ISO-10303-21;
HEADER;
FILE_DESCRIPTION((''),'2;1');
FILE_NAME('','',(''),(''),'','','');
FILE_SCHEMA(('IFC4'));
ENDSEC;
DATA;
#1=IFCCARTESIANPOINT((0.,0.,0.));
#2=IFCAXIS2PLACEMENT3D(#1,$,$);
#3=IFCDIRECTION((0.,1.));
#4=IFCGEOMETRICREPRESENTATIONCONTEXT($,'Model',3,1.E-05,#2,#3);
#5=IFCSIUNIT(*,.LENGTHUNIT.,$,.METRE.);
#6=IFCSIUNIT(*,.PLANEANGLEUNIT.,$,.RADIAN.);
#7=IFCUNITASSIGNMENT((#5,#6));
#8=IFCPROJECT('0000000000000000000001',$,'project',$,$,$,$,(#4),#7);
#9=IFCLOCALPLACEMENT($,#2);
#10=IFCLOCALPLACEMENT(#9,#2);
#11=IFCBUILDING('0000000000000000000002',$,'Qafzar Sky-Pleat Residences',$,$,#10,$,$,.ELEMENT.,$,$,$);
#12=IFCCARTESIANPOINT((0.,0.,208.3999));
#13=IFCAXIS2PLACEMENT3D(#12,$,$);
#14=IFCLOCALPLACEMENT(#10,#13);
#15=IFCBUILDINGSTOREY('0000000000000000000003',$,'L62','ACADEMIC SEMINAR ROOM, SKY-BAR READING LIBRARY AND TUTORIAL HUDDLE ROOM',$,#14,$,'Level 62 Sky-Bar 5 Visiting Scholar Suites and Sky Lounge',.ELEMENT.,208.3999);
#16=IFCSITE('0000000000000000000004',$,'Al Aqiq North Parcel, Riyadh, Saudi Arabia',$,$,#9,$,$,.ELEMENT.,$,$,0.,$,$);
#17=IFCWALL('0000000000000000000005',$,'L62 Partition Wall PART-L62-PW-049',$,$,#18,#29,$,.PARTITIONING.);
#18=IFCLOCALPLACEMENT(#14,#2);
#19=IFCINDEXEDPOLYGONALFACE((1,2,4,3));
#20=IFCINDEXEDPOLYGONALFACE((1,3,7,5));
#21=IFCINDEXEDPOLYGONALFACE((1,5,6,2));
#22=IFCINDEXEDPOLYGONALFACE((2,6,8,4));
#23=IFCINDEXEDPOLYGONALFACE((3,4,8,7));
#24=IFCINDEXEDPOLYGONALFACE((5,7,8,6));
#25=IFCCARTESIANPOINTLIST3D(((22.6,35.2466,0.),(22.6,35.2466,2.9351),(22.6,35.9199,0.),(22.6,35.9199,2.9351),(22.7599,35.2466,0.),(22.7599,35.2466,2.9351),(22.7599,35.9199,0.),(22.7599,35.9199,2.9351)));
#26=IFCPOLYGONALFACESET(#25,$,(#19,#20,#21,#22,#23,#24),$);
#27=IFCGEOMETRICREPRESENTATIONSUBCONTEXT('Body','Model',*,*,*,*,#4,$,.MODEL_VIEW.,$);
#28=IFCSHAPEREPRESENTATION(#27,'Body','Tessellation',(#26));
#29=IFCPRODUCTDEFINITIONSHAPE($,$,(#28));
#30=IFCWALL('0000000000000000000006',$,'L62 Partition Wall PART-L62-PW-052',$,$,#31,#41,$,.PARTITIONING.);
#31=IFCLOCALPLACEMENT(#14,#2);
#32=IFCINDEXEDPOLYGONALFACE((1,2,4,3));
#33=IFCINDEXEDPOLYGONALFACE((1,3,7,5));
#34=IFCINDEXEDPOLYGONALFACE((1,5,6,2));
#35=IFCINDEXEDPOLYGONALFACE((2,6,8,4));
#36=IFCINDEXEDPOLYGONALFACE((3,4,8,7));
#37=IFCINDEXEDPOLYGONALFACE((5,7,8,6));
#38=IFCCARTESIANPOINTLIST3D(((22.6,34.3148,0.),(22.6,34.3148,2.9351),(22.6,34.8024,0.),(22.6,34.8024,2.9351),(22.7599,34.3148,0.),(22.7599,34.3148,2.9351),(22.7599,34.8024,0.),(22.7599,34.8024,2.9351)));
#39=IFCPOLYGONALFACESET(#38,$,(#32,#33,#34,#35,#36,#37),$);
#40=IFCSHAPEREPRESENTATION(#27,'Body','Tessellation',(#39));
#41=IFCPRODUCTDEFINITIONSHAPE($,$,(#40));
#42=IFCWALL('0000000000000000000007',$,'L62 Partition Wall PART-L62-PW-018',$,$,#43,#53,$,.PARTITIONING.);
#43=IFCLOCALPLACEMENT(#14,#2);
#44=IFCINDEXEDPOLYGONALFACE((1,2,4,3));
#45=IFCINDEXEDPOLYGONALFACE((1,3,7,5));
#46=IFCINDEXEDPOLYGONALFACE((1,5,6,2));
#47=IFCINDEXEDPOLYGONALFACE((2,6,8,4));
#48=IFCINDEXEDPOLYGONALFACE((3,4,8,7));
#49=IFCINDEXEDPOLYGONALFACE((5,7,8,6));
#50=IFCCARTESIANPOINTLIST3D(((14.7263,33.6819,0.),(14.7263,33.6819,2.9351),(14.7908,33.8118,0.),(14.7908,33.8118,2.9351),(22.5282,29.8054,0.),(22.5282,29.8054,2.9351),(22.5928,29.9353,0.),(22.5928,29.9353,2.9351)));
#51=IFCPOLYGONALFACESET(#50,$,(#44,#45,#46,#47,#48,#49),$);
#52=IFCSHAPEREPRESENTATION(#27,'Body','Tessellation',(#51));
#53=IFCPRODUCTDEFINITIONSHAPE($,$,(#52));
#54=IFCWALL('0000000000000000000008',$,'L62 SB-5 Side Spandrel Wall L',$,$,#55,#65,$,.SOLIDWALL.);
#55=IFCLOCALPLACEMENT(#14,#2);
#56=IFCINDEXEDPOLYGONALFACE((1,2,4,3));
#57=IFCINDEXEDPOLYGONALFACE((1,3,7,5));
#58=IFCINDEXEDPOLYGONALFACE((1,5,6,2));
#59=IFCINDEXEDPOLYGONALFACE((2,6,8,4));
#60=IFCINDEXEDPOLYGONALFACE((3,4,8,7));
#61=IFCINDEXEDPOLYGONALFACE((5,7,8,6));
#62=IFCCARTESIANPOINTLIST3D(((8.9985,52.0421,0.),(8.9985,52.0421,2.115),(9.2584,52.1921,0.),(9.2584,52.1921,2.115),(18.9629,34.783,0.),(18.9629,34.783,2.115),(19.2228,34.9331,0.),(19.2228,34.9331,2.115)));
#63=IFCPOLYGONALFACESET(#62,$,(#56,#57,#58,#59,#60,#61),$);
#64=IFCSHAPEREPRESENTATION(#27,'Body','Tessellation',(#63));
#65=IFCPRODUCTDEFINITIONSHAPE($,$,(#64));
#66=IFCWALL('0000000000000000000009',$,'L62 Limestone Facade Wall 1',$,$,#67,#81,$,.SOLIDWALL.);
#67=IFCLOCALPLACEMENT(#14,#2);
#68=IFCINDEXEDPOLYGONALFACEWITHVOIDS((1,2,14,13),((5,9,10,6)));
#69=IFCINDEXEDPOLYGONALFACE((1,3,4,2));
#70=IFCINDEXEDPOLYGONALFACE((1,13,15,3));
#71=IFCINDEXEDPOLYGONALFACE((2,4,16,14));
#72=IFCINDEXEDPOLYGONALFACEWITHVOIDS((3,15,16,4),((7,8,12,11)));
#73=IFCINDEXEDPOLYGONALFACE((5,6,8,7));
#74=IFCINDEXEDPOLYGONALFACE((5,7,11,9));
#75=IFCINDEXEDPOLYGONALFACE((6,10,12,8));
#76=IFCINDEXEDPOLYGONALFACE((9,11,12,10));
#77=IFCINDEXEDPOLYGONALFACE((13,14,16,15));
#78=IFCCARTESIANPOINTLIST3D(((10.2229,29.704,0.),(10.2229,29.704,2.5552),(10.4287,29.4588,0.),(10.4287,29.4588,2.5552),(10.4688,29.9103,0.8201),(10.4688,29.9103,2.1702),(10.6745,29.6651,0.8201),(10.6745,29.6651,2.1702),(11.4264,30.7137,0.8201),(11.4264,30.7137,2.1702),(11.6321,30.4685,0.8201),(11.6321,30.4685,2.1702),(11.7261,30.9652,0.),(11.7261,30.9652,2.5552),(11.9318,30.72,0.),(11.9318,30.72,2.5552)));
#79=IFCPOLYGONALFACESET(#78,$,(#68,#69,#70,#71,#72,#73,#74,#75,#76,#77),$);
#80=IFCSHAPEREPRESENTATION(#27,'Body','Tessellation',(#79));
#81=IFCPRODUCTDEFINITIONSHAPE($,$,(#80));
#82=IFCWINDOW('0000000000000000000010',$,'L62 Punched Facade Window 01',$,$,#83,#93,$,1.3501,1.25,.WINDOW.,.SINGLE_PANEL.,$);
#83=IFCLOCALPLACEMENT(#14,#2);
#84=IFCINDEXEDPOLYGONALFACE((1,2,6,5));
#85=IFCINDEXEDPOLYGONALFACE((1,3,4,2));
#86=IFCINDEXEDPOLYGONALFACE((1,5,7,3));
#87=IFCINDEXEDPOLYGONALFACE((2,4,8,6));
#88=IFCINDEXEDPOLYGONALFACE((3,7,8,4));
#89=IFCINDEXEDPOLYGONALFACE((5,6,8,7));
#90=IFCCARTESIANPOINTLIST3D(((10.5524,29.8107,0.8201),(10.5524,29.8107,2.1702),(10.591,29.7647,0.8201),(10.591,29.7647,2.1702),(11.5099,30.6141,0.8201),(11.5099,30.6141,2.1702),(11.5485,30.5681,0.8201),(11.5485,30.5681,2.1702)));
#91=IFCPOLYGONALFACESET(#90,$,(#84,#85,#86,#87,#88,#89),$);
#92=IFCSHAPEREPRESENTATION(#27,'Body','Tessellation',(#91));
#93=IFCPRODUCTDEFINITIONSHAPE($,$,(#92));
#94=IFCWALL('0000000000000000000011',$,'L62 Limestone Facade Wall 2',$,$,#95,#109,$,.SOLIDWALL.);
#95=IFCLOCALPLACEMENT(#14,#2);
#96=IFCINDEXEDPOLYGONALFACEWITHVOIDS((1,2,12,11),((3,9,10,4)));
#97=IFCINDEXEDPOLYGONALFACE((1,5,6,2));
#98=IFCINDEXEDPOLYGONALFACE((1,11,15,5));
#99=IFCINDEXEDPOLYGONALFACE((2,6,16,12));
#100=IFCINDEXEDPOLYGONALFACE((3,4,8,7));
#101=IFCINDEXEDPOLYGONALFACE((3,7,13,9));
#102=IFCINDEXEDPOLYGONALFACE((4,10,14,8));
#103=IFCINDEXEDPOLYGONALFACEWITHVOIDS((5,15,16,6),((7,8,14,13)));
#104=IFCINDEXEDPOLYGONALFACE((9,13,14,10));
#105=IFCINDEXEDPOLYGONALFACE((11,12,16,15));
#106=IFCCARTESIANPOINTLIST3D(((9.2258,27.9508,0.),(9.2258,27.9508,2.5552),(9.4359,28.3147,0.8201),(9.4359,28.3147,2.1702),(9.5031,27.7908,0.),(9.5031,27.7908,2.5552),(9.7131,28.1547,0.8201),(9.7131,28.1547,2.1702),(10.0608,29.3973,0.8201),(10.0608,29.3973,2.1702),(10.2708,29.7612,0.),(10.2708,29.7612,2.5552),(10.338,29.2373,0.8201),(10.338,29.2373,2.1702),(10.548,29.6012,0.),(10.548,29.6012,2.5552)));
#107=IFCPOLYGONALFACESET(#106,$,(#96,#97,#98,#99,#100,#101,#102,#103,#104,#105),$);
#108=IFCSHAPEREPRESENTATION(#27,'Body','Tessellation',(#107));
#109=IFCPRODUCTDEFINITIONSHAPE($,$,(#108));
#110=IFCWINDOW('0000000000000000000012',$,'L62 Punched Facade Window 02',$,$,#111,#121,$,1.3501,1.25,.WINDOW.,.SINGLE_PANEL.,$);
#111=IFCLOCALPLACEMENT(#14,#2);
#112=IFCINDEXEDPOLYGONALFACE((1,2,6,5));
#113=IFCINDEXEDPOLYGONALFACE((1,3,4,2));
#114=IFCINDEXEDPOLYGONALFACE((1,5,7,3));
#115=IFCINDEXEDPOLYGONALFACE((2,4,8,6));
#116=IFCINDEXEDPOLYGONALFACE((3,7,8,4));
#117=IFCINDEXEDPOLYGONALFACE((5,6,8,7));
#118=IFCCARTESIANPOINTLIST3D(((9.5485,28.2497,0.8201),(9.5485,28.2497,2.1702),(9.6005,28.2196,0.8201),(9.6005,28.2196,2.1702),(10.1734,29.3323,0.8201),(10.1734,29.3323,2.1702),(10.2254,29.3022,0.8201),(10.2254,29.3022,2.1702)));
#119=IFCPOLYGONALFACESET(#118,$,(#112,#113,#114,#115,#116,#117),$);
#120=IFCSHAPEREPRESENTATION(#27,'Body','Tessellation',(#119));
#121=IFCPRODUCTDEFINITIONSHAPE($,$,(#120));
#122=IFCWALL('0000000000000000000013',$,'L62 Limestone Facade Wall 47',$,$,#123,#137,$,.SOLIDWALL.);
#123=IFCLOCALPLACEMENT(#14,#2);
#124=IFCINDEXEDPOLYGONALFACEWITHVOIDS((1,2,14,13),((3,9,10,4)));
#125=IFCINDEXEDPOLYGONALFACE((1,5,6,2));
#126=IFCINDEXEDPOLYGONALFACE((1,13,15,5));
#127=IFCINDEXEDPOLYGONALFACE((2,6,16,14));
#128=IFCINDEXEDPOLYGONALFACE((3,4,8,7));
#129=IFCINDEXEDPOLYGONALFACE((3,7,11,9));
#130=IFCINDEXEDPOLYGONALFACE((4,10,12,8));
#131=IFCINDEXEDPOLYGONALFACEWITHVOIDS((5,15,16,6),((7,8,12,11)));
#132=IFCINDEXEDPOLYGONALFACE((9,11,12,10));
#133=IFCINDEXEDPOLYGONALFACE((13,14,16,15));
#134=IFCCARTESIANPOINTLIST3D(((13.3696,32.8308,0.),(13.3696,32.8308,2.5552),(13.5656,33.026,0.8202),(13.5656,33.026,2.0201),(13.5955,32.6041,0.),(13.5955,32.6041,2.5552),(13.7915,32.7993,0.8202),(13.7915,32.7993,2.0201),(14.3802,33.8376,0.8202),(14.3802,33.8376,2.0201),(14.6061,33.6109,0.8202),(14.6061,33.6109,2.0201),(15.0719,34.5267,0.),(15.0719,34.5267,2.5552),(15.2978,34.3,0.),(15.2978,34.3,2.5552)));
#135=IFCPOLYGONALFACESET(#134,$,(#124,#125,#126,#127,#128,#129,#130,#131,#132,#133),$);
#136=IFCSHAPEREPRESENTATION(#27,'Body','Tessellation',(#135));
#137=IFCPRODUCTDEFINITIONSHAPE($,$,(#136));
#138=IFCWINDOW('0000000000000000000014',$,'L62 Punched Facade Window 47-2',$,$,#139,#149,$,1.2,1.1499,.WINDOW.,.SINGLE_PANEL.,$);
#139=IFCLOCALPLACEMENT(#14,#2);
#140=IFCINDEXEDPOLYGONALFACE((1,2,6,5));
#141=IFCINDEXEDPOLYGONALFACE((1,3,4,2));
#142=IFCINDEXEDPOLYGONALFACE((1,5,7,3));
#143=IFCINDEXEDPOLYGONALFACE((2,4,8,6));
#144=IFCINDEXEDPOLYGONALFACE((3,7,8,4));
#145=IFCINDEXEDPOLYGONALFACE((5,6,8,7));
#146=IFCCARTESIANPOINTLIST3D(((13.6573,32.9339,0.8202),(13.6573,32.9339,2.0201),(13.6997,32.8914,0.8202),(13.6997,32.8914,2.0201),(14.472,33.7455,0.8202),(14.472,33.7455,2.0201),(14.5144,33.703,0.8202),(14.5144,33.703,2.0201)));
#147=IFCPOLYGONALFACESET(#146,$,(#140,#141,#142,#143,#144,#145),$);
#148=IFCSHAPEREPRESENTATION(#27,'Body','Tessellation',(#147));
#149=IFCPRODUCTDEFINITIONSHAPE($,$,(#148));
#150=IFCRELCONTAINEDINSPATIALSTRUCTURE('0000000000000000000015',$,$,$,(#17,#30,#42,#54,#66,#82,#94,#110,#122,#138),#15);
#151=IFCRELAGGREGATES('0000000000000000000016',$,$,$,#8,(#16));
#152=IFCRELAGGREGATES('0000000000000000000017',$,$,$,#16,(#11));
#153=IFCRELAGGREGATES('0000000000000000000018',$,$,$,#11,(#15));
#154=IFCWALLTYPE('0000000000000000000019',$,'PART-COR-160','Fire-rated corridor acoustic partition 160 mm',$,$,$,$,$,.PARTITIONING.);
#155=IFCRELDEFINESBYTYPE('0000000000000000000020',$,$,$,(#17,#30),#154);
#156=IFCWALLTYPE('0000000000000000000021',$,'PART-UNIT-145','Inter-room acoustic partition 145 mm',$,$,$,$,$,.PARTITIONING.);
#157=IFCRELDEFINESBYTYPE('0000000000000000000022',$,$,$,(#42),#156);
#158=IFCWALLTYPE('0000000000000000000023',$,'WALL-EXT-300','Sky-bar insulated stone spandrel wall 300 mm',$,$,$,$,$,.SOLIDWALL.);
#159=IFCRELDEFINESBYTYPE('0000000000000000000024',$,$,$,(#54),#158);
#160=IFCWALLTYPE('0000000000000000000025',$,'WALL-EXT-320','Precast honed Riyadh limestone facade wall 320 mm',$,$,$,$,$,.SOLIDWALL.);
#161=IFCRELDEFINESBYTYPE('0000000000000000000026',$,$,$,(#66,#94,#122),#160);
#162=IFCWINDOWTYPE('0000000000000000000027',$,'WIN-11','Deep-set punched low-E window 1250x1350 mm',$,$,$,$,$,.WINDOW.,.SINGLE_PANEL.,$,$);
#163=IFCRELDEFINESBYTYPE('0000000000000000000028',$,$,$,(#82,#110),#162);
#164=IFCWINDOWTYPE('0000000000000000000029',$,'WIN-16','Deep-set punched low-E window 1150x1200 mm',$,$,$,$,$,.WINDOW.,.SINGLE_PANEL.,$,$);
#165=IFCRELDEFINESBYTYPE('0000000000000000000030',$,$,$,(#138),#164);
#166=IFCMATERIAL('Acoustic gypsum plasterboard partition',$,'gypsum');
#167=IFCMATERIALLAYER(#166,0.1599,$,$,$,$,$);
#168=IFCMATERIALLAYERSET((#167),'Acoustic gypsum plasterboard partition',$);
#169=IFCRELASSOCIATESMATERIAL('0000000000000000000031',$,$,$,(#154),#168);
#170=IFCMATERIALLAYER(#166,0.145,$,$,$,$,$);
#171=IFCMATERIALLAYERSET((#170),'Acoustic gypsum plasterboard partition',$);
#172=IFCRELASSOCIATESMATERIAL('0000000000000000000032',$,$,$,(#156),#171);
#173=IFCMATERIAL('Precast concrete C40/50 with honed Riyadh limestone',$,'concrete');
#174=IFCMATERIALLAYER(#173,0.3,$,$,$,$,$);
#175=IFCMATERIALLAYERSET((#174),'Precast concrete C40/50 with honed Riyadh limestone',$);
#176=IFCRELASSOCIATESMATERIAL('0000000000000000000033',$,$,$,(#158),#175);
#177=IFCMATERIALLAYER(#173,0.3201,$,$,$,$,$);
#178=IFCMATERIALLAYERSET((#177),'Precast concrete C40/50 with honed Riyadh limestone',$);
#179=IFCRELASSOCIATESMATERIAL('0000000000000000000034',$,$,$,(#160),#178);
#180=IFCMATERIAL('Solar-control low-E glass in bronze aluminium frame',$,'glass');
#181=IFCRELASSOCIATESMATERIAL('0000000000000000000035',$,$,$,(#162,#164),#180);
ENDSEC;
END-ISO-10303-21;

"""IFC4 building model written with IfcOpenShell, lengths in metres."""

from ifc_helpers import new_model, si_unit, direction, frame, frame_2d, origin, place, context, subcontext, project, spatial, rectangle, extrude, source, transform, mapped, material, layer, layer_set, type_object, element, fill, save


model = new_model("IFC4")

# Units and contexts
model_context = context("Model", 3, precision=1e-05, world=origin(), true_north=direction((0.0, 1.0)))
body_context = subcontext(model_context, "Body", "Model", "MODEL_VIEW")
ifc_project = project(units=[si_unit("LENGTHUNIT", "METRE"), si_unit("PLANEANGLEUNIT", "RADIAN")], contexts=[model_context])

# Site, building, storey
site_placement = place(None, origin())
site = spatial("IfcSite", under=ifc_project, at=site_placement, Name="Al Aqiq North Parcel, Riyadh, Saudi Arabia", CompositionType="ELEMENT", RefElevation=0.0)
building_placement = place(site_placement, origin())
building = spatial("IfcBuilding", under=site, at=building_placement, Name="Qafzar Sky-Pleat Residences", CompositionType="ELEMENT")
storey_placement = place(building_placement, frame((0.0, 0.0, 208.3999)))
storey = spatial("IfcBuildingStorey", under=building, at=storey_placement, Name="L62", Description="ACADEMIC SEMINAR ROOM, SKY-BAR READING LIBRARY AND TUTORIAL HUDDLE ROOM", LongName="Level 62 Sky-Bar 5 Visiting Scholar Suites and Sky Lounge", CompositionType="ELEMENT", Elevation=208.3999)

# Shared definitions
ifc_material_1 = material(Name="Acoustic gypsum plasterboard partition", Category="gypsum")
ifc_layer_1 = layer(ifc_material_1, 0.1599)
ifc_layer_set_1 = layer_set([ifc_layer_1], Name="Acoustic gypsum plasterboard partition")
wall_type_1 = type_object("IfcWallType", Name="PART-COR-160", Description="Fire-rated corridor acoustic partition 160 mm", PredefinedType="PARTITIONING", material=ifc_layer_set_1)

# Walls
wall_1_placement = place(storey_placement, frame((22.6799, 35.2466, 0.0), z_axis=(0.0, 0.0, 1.0), x_axis=(0.0, 1.0, 0.0)))
element("IfcWall", 1, at=wall_1_placement, inside=storey, type_object=wall_type_1, Name="L62 Partition Wall PART-L62-PW-049", PredefinedType="PARTITIONING", context=body_context, shape_type="SweptSolid", body=[
    extrude(rectangle(XDim=0.6733, YDim=0.1599, at=frame_2d((0.3367, 0.0))), origin(), (0.0, 0.0, 1.0), 2.9351),
])
wall_2_placement = place(storey_placement, frame((22.6799, 34.3149, 0.0), z_axis=(0.0, 0.0, 1.0), x_axis=(0.0, 1.0, 0.0)))
element("IfcWall", 2, at=wall_2_placement, inside=storey, type_object=wall_type_1, Name="L62 Partition Wall PART-L62-PW-052", PredefinedType="PARTITIONING", context=body_context, shape_type="SweptSolid", body=[
    extrude(rectangle(XDim=0.4875, YDim=0.1599, at=frame_2d((0.2437, 0.0))), origin(), (0.0, 0.0, 1.0), 2.9351),
])
ifc_layer_2 = layer(ifc_material_1, 0.145)
ifc_layer_set_2 = layer_set([ifc_layer_2], Name="Acoustic gypsum plasterboard partition")
wall_type_2 = type_object("IfcWallType", Name="PART-UNIT-145", Description="Inter-room acoustic partition 145 mm", PredefinedType="PARTITIONING", material=ifc_layer_set_2)
wall_3_placement = place(storey_placement, frame((14.7585, 33.7468, 0.0), z_axis=(0.0, 0.0, 1.0), x_axis=(0.895551, -0.444959, 0.0)))
element("IfcWall", 3, at=wall_3_placement, inside=storey, type_object=wall_type_2, Name="L62 Partition Wall PART-L62-PW-018", PredefinedType="PARTITIONING", context=body_context, shape_type="SweptSolid", body=[
    extrude(rectangle(XDim=8.7119, YDim=0.145, at=frame_2d((4.356, 0.0))), origin(), (0.0, 0.0, 1.0), 2.9351),
])
ifc_material_2 = material(Name="Precast concrete C40/50 with honed Riyadh limestone", Category="concrete")
ifc_layer_3 = layer(ifc_material_2, 0.3)
ifc_layer_set_3 = layer_set([ifc_layer_3], Name="Precast concrete C40/50 with honed Riyadh limestone")
wall_type_3 = type_object("IfcWallType", Name="WALL-EXT-300", Description="Sky-bar insulated stone spandrel wall 300 mm", PredefinedType="SOLIDWALL", material=ifc_layer_set_3)
wall_4_placement = place(storey_placement, frame((19.0928, 34.8582, 0.0), z_axis=(0.0, 0.0, 1.0), x_axis=(-0.499994, 0.866029, 0.0)))
element("IfcWall", 4, at=wall_4_placement, inside=storey, type_object=wall_type_3, Name="L62 SB-5 Side Spandrel Wall L", PredefinedType="SOLIDWALL", context=body_context, shape_type="SweptSolid", body=[
    extrude(rectangle(XDim=19.929, YDim=0.3, at=frame_2d((9.9644, 0.0))), origin(), (0.0, 0.0, 1.0), 2.115),
])

# Walls, openings, windows
ifc_layer_4 = layer(ifc_material_2, 0.3201)
ifc_layer_set_4 = layer_set([ifc_layer_4], Name="Precast concrete C40/50 with honed Riyadh limestone")
wall_type_4 = type_object("IfcWallType", Name="WALL-EXT-320", Description="Precast honed Riyadh limestone facade wall 320 mm", PredefinedType="SOLIDWALL", material=ifc_layer_set_4)
wall_5_placement = place(storey_placement, frame((11.8289, 30.8425, 0.0), z_axis=(0.0, 0.0, 1.0), x_axis=(-0.766065, -0.642763, 0.0)))
wall_5 = element("IfcWall", 5, at=wall_5_placement, inside=storey, type_object=wall_type_4, Name="L62 Limestone Facade Wall 1", PredefinedType="SOLIDWALL", context=body_context, shape_type="SweptSolid", body=[
    extrude(rectangle(XDim=1.9622, YDim=0.3201, at=frame_2d((0.981, 0.0))), origin(), (0.0, 0.0, 1.0), 2.5552),
])
opening_1_placement = place(wall_5_placement, frame((0.3911, 0.0, 0.8201)))
opening_1 = element("IfcOpeningElement", 6, at=opening_1_placement, cuts=wall_5, PredefinedType="OPENING", context=body_context, shape_type="SweptSolid", body=[
    extrude(rectangle(XDim=1.25, YDim=1.3501, at=frame_2d((0.625, 0.675))), frame((0.0, 0.1699, 0.0), z_axis=(0.0, -1.0, 0.0), x_axis=(1.0, 0.0, 0.0)), (0.0, 0.0, 1.0), 0.3401),
])
ifc_material_3 = material(Name="Solar-control low-E glass in bronze aluminium frame", Category="glass")
window_type_1 = type_object("IfcWindowType", Name="WIN-11", Description="Deep-set punched low-E window 1250x1350 mm", PartitioningType="SINGLE_PANEL", PredefinedType="WINDOW", material=ifc_material_3)
shared_shape_1 = source(origin(), body_context, "Body", "SweptSolid", [
    extrude(rectangle(XDim=1.25, YDim=1.3501, at=frame_2d((0.625, 0.675))), frame((0.0, 0.03, 0.0), z_axis=(0.0, -1.0, 0.0), x_axis=(1.0, 0.0, 0.0)), (0.0, 0.0, 1.0), 0.0601),
])
window_1_placement = place(opening_1_placement, origin())
window_1 = element("IfcWindow", 7, at=window_1_placement, inside=storey, type_object=window_type_1, Name="L62 Punched Facade Window 01", OverallHeight=1.3501, OverallWidth=1.25, PartitioningType="SINGLE_PANEL", PredefinedType="WINDOW", context=body_context, shape_type="MappedRepresentation", body=[
    mapped(shared_shape_1, transform((0.0, 0.0, 0.0), x_axis=(1.0, 0.0, 0.0), y_axis=(0.0, 1.0, 0.0), z_axis=(0.0, 0.0, 1.0), scale=1.0)),
])
fill(opening_1, window_1)
wall_6_placement = place(storey_placement, frame((10.4094, 29.6812, 0.0), z_axis=(0.0, 0.0, 1.0), x_axis=(-0.499908, -0.866079, 0.0)))
wall_6 = element("IfcWall", 8, at=wall_6_placement, inside=storey, type_object=wall_type_4, Name="L62 Limestone Facade Wall 2", PredefinedType="SOLIDWALL", context=body_context, shape_type="SweptSolid", body=[
    extrude(rectangle(XDim=2.0903, YDim=0.3201, at=frame_2d((1.0452, 0.0))), origin(), (0.0, 0.0, 1.0), 2.5552),
])
opening_2_placement = place(wall_6_placement, frame((0.4202, 0.0, 0.8201)))
opening_2 = element("IfcOpeningElement", 9, at=opening_2_placement, cuts=wall_6, PredefinedType="OPENING", context=body_context, shape_type="SweptSolid", body=[
    extrude(rectangle(XDim=1.25, YDim=1.3501, at=frame_2d((0.625, 0.675))), frame((0.0, 0.1699, 0.0), z_axis=(0.0, -1.0, 0.0), x_axis=(1.0, 0.0, 0.0)), (0.0, 0.0, 1.0), 0.3401),
])
window_2_placement = place(opening_2_placement, origin())
window_2 = element("IfcWindow", 10, at=window_2_placement, inside=storey, type_object=window_type_1, Name="L62 Punched Facade Window 02", OverallHeight=1.3501, OverallWidth=1.25, PartitioningType="SINGLE_PANEL", PredefinedType="WINDOW", context=body_context, shape_type="MappedRepresentation", body=[
    mapped(shared_shape_1, transform((0.0, 0.0, 0.0), x_axis=(1.0, 0.0, 0.0), y_axis=(0.0, 1.0, 0.0), z_axis=(0.0, 0.0, 1.0), scale=1.0)),
])
fill(opening_2, window_2)
wall_7_placement = place(storey_placement, frame((15.1848, 34.4133, 0.0), z_axis=(0.0, 0.0, 1.0), x_axis=(-0.708426, -0.705785, 0.0)))
wall_7 = element("IfcWall", 11, at=wall_7_placement, inside=storey, type_object=wall_type_4, Name="L62 Limestone Facade Wall 47", PredefinedType="SOLIDWALL", context=body_context, shape_type="SweptSolid", body=[
    extrude(rectangle(XDim=2.4028, YDim=0.3201, at=frame_2d((1.2014, 0.0))), origin(), (0.0, 0.0, 1.0), 2.5552),
])
opening_3_placement = place(wall_7_placement, frame((0.9763, 0.0, 0.8201)))
opening_3 = element("IfcOpeningElement", 12, at=opening_3_placement, cuts=wall_7, PredefinedType="OPENING", context=body_context, shape_type="SweptSolid", body=[
    extrude(rectangle(XDim=1.1499, YDim=1.2, at=frame_2d((0.575, 0.6001))), frame((0.0, 0.1699, 0.0), z_axis=(0.0, -1.0, 0.0), x_axis=(1.0, 0.0, 0.0)), (0.0, 0.0, 1.0), 0.3401),
])
window_type_2 = type_object("IfcWindowType", Name="WIN-16", Description="Deep-set punched low-E window 1150x1200 mm", PartitioningType="SINGLE_PANEL", PredefinedType="WINDOW", material=ifc_material_3)
shared_shape_2 = source(origin(), body_context, "Body", "SweptSolid", [
    extrude(rectangle(XDim=1.1499, YDim=1.2, at=frame_2d((0.575, 0.6001))), frame((0.0, 0.03, 0.0), z_axis=(0.0, -1.0, 0.0), x_axis=(1.0, 0.0, 0.0)), (0.0, 0.0, 1.0), 0.0601),
])
window_3_placement = place(opening_3_placement, origin())
window_3 = element("IfcWindow", 13, at=window_3_placement, inside=storey, type_object=window_type_2, Name="L62 Punched Facade Window 47-2", OverallHeight=1.2, OverallWidth=1.1499, PartitioningType="SINGLE_PANEL", PredefinedType="WINDOW", context=body_context, shape_type="MappedRepresentation", body=[
    mapped(shared_shape_2, transform((0.0, 0.0, 0.0), x_axis=(1.0, 0.0, 0.0), y_axis=(0.0, 1.0, 0.0), z_axis=(0.0, 0.0, 1.0), scale=1.0)),
])
fill(opening_3, window_3)

save(model, "model.ifc")
